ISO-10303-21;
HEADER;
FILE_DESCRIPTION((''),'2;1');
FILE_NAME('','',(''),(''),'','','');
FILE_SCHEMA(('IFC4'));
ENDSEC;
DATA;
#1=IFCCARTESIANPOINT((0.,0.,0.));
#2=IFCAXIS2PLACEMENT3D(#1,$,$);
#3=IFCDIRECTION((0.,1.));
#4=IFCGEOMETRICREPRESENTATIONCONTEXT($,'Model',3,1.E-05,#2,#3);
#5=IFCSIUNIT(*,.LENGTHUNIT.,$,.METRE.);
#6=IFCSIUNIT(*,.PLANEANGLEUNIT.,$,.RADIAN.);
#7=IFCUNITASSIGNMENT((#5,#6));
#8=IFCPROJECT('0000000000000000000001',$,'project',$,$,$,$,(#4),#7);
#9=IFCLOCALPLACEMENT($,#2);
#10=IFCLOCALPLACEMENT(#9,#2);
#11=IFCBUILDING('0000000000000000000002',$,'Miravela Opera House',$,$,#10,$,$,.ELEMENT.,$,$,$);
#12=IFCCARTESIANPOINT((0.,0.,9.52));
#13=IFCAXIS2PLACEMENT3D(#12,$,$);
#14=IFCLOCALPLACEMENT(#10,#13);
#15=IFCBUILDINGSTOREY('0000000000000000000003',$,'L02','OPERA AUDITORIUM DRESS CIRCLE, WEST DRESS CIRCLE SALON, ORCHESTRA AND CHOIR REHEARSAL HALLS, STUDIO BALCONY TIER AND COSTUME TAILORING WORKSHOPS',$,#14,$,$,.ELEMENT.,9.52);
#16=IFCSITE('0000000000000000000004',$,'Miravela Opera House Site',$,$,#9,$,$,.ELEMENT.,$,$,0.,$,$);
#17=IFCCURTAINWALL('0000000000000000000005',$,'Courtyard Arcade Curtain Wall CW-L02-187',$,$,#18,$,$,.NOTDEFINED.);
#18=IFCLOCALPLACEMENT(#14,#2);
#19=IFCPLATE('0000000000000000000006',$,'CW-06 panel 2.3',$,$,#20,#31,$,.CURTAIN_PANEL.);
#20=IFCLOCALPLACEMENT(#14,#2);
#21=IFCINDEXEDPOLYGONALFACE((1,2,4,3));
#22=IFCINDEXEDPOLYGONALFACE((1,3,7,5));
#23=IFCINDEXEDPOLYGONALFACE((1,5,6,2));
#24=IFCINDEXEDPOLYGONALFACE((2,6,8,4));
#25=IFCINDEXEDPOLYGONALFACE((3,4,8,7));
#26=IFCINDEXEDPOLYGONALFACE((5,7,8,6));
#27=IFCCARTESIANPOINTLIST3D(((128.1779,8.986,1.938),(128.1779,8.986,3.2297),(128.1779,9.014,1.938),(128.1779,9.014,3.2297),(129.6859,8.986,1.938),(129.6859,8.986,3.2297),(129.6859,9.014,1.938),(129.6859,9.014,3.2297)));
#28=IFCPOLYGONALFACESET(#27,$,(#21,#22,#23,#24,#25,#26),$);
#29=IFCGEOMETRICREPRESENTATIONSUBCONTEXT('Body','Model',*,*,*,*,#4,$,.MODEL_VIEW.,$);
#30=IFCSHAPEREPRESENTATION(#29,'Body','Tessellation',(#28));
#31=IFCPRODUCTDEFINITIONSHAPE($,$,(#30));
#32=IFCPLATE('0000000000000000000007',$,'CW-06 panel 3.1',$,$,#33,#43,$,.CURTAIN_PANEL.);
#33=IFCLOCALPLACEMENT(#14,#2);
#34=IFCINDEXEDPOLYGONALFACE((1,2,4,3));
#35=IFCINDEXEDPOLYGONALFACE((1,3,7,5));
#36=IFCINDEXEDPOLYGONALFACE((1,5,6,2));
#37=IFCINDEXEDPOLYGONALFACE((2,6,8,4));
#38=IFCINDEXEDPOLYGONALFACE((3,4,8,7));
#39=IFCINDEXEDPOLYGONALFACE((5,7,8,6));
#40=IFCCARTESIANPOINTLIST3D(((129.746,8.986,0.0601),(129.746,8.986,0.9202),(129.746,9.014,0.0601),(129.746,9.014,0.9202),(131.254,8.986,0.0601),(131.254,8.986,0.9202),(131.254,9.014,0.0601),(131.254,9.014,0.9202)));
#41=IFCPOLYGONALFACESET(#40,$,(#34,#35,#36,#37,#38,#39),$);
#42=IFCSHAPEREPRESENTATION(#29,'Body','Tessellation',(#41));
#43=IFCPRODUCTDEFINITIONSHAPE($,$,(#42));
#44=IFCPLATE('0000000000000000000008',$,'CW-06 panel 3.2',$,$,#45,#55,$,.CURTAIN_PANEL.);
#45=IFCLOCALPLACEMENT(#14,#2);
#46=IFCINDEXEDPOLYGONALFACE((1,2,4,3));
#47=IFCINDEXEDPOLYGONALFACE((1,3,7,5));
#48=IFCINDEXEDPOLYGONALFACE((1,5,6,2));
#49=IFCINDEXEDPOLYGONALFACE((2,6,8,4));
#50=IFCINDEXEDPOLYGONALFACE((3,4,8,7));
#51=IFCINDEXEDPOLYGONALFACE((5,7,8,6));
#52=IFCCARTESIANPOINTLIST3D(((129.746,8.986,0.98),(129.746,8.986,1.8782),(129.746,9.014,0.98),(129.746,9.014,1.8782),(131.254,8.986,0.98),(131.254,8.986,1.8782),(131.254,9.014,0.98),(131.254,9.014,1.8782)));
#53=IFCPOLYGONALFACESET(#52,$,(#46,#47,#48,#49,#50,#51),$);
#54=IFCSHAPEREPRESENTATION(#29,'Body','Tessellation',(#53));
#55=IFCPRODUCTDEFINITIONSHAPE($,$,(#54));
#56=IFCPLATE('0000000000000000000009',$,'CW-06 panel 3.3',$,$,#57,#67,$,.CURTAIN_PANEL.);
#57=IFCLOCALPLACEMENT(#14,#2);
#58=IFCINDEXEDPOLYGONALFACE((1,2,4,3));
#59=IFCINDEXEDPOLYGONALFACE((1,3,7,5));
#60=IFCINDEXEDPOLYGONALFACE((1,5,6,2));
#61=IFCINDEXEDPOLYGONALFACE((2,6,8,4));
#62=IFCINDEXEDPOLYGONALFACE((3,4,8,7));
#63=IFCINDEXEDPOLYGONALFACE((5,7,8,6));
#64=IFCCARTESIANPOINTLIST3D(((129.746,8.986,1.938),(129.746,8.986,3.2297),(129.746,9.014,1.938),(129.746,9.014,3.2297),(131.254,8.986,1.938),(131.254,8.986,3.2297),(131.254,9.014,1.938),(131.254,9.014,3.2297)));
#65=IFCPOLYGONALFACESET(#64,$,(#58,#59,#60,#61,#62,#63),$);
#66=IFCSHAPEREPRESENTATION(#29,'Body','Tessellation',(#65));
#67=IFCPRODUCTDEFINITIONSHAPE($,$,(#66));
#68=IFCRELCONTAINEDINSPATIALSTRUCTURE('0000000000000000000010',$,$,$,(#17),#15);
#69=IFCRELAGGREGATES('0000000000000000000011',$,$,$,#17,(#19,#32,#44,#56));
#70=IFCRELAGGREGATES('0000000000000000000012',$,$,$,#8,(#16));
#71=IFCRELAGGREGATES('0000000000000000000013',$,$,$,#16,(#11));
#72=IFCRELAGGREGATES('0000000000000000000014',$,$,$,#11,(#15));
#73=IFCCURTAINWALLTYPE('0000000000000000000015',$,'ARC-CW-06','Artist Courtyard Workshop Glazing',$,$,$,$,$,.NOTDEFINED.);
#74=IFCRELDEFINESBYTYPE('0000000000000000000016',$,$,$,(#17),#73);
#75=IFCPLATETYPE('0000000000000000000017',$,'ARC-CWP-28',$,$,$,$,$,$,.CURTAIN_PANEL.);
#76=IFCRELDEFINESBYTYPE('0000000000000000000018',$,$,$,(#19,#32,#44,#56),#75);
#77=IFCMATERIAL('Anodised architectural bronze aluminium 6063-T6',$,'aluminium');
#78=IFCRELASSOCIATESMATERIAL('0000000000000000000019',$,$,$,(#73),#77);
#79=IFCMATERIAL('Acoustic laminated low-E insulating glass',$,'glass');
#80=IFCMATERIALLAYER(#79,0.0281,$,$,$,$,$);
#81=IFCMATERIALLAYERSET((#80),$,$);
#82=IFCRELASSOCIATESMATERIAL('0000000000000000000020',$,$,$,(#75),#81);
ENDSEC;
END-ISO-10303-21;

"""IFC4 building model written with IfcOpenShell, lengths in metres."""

from ifc_helpers import new_model, si_unit, direction, frame, origin, origin_2d, place, context, subcontext, project, spatial, rectangle, extrude, material, layer, layer_set, type_object, element, aggregate, save


model = new_model("IFC4")

# Units and contexts
model_context = context("Model", 3, precision=1e-05, world=origin(), true_north=direction((0.0, 1.0)))
body_context = subcontext(model_context, "Body", "Model", "MODEL_VIEW")
ifc_project = project(units=[si_unit("LENGTHUNIT", "METRE"), si_unit("PLANEANGLEUNIT", "RADIAN")], contexts=[model_context])

# Site, building, storey
site_placement = place(None, origin())
site = spatial("IfcSite", under=ifc_project, at=site_placement, Name="Miravela Opera House Site", CompositionType="ELEMENT", RefElevation=0.0)
building_placement = place(site_placement, origin())
building = spatial("IfcBuilding", under=site, at=building_placement, Name="Miravela Opera House", CompositionType="ELEMENT")
storey_placement = place(building_placement, frame((0.0, 0.0, 9.52)))
storey = spatial("IfcBuildingStorey", under=building, at=storey_placement, Name="L02", Description="OPERA AUDITORIUM DRESS CIRCLE, WEST DRESS CIRCLE SALON, ORCHESTRA AND CHOIR REHEARSAL HALLS, STUDIO BALCONY TIER AND COSTUME TAILORING WORKSHOPS", CompositionType="ELEMENT", Elevation=9.52)

# Shared definitions
ifc_material_1 = material(Name="Anodised architectural bronze aluminium 6063-T6", Category="aluminium")
curtain_wall_type = type_object("IfcCurtainWallType", Name="ARC-CW-06", Description="Artist Courtyard Workshop Glazing", PredefinedType="NOTDEFINED", material=ifc_material_1)

# Curtain wall
curtain_wall_1_placement = place(storey_placement, origin())
curtain_wall_1 = element("IfcCurtainWall", 1, at=curtain_wall_1_placement, inside=storey, type_object=curtain_wall_type, Name="Courtyard Arcade Curtain Wall CW-L02-187", PredefinedType="NOTDEFINED")

# Plates
ifc_material_2 = material(Name="Acoustic laminated low-E insulating glass", Category="glass")
ifc_layer = layer(ifc_material_2, 0.0281)
ifc_layer_set = layer_set([ifc_layer])
plate_type = type_object("IfcPlateType", Name="ARC-CWP-28", PredefinedType="CURTAIN_PANEL", material=ifc_layer_set)
plate_1_placement = place(storey_placement, frame((128.9319, 9.0, 1.938), z_axis=(0.0, 0.0, 1.0), x_axis=(1.0, 0.0, 0.0)))
plate_1 = element("IfcPlate", 2, at=plate_1_placement, type_object=plate_type, Name="CW-06 panel 2.3", PredefinedType="CURTAIN_PANEL", context=body_context, shape_type="SweptSolid", body=[
    extrude(rectangle(XDim=1.5081, YDim=0.0281, at=origin_2d()), origin(), (0.0, 0.0, 1.0), 1.2917),
])
plate_2_placement = place(storey_placement, frame((130.5, 9.0, 0.0601), z_axis=(0.0, 0.0, 1.0), x_axis=(1.0, 0.0, 0.0)))
plate_2 = element("IfcPlate", 3, at=plate_2_placement, type_object=plate_type, Name="CW-06 panel 3.1", PredefinedType="CURTAIN_PANEL", context=body_context, shape_type="SweptSolid", body=[
    extrude(rectangle(XDim=1.5081, YDim=0.0281, at=origin_2d()), origin(), (0.0, 0.0, 1.0), 0.8601),
])
plate_3_placement = place(storey_placement, frame((130.5, 9.0, 0.98), z_axis=(0.0, 0.0, 1.0), x_axis=(1.0, 0.0, 0.0)))
plate_3 = element("IfcPlate", 4, at=plate_3_placement, type_object=plate_type, Name="CW-06 panel 3.2", PredefinedType="CURTAIN_PANEL", context=body_context, shape_type="SweptSolid", body=[
    extrude(rectangle(XDim=1.5081, YDim=0.0281, at=origin_2d()), origin(), (0.0, 0.0, 1.0), 0.8982),
])
plate_4_placement = place(storey_placement, frame((130.5, 9.0, 1.938), z_axis=(0.0, 0.0, 1.0), x_axis=(1.0, 0.0, 0.0)))
plate_4 = element("IfcPlate", 5, at=plate_4_placement, type_object=plate_type, Name="CW-06 panel 3.3", PredefinedType="CURTAIN_PANEL", context=body_context, shape_type="SweptSolid", body=[
    extrude(rectangle(XDim=1.5081, YDim=0.0281, at=origin_2d()), origin(), (0.0, 0.0, 1.0), 1.2917),
])
aggregate(curtain_wall_1, [plate_1, plate_2, plate_3, plate_4])

save(model, "model.ifc")
